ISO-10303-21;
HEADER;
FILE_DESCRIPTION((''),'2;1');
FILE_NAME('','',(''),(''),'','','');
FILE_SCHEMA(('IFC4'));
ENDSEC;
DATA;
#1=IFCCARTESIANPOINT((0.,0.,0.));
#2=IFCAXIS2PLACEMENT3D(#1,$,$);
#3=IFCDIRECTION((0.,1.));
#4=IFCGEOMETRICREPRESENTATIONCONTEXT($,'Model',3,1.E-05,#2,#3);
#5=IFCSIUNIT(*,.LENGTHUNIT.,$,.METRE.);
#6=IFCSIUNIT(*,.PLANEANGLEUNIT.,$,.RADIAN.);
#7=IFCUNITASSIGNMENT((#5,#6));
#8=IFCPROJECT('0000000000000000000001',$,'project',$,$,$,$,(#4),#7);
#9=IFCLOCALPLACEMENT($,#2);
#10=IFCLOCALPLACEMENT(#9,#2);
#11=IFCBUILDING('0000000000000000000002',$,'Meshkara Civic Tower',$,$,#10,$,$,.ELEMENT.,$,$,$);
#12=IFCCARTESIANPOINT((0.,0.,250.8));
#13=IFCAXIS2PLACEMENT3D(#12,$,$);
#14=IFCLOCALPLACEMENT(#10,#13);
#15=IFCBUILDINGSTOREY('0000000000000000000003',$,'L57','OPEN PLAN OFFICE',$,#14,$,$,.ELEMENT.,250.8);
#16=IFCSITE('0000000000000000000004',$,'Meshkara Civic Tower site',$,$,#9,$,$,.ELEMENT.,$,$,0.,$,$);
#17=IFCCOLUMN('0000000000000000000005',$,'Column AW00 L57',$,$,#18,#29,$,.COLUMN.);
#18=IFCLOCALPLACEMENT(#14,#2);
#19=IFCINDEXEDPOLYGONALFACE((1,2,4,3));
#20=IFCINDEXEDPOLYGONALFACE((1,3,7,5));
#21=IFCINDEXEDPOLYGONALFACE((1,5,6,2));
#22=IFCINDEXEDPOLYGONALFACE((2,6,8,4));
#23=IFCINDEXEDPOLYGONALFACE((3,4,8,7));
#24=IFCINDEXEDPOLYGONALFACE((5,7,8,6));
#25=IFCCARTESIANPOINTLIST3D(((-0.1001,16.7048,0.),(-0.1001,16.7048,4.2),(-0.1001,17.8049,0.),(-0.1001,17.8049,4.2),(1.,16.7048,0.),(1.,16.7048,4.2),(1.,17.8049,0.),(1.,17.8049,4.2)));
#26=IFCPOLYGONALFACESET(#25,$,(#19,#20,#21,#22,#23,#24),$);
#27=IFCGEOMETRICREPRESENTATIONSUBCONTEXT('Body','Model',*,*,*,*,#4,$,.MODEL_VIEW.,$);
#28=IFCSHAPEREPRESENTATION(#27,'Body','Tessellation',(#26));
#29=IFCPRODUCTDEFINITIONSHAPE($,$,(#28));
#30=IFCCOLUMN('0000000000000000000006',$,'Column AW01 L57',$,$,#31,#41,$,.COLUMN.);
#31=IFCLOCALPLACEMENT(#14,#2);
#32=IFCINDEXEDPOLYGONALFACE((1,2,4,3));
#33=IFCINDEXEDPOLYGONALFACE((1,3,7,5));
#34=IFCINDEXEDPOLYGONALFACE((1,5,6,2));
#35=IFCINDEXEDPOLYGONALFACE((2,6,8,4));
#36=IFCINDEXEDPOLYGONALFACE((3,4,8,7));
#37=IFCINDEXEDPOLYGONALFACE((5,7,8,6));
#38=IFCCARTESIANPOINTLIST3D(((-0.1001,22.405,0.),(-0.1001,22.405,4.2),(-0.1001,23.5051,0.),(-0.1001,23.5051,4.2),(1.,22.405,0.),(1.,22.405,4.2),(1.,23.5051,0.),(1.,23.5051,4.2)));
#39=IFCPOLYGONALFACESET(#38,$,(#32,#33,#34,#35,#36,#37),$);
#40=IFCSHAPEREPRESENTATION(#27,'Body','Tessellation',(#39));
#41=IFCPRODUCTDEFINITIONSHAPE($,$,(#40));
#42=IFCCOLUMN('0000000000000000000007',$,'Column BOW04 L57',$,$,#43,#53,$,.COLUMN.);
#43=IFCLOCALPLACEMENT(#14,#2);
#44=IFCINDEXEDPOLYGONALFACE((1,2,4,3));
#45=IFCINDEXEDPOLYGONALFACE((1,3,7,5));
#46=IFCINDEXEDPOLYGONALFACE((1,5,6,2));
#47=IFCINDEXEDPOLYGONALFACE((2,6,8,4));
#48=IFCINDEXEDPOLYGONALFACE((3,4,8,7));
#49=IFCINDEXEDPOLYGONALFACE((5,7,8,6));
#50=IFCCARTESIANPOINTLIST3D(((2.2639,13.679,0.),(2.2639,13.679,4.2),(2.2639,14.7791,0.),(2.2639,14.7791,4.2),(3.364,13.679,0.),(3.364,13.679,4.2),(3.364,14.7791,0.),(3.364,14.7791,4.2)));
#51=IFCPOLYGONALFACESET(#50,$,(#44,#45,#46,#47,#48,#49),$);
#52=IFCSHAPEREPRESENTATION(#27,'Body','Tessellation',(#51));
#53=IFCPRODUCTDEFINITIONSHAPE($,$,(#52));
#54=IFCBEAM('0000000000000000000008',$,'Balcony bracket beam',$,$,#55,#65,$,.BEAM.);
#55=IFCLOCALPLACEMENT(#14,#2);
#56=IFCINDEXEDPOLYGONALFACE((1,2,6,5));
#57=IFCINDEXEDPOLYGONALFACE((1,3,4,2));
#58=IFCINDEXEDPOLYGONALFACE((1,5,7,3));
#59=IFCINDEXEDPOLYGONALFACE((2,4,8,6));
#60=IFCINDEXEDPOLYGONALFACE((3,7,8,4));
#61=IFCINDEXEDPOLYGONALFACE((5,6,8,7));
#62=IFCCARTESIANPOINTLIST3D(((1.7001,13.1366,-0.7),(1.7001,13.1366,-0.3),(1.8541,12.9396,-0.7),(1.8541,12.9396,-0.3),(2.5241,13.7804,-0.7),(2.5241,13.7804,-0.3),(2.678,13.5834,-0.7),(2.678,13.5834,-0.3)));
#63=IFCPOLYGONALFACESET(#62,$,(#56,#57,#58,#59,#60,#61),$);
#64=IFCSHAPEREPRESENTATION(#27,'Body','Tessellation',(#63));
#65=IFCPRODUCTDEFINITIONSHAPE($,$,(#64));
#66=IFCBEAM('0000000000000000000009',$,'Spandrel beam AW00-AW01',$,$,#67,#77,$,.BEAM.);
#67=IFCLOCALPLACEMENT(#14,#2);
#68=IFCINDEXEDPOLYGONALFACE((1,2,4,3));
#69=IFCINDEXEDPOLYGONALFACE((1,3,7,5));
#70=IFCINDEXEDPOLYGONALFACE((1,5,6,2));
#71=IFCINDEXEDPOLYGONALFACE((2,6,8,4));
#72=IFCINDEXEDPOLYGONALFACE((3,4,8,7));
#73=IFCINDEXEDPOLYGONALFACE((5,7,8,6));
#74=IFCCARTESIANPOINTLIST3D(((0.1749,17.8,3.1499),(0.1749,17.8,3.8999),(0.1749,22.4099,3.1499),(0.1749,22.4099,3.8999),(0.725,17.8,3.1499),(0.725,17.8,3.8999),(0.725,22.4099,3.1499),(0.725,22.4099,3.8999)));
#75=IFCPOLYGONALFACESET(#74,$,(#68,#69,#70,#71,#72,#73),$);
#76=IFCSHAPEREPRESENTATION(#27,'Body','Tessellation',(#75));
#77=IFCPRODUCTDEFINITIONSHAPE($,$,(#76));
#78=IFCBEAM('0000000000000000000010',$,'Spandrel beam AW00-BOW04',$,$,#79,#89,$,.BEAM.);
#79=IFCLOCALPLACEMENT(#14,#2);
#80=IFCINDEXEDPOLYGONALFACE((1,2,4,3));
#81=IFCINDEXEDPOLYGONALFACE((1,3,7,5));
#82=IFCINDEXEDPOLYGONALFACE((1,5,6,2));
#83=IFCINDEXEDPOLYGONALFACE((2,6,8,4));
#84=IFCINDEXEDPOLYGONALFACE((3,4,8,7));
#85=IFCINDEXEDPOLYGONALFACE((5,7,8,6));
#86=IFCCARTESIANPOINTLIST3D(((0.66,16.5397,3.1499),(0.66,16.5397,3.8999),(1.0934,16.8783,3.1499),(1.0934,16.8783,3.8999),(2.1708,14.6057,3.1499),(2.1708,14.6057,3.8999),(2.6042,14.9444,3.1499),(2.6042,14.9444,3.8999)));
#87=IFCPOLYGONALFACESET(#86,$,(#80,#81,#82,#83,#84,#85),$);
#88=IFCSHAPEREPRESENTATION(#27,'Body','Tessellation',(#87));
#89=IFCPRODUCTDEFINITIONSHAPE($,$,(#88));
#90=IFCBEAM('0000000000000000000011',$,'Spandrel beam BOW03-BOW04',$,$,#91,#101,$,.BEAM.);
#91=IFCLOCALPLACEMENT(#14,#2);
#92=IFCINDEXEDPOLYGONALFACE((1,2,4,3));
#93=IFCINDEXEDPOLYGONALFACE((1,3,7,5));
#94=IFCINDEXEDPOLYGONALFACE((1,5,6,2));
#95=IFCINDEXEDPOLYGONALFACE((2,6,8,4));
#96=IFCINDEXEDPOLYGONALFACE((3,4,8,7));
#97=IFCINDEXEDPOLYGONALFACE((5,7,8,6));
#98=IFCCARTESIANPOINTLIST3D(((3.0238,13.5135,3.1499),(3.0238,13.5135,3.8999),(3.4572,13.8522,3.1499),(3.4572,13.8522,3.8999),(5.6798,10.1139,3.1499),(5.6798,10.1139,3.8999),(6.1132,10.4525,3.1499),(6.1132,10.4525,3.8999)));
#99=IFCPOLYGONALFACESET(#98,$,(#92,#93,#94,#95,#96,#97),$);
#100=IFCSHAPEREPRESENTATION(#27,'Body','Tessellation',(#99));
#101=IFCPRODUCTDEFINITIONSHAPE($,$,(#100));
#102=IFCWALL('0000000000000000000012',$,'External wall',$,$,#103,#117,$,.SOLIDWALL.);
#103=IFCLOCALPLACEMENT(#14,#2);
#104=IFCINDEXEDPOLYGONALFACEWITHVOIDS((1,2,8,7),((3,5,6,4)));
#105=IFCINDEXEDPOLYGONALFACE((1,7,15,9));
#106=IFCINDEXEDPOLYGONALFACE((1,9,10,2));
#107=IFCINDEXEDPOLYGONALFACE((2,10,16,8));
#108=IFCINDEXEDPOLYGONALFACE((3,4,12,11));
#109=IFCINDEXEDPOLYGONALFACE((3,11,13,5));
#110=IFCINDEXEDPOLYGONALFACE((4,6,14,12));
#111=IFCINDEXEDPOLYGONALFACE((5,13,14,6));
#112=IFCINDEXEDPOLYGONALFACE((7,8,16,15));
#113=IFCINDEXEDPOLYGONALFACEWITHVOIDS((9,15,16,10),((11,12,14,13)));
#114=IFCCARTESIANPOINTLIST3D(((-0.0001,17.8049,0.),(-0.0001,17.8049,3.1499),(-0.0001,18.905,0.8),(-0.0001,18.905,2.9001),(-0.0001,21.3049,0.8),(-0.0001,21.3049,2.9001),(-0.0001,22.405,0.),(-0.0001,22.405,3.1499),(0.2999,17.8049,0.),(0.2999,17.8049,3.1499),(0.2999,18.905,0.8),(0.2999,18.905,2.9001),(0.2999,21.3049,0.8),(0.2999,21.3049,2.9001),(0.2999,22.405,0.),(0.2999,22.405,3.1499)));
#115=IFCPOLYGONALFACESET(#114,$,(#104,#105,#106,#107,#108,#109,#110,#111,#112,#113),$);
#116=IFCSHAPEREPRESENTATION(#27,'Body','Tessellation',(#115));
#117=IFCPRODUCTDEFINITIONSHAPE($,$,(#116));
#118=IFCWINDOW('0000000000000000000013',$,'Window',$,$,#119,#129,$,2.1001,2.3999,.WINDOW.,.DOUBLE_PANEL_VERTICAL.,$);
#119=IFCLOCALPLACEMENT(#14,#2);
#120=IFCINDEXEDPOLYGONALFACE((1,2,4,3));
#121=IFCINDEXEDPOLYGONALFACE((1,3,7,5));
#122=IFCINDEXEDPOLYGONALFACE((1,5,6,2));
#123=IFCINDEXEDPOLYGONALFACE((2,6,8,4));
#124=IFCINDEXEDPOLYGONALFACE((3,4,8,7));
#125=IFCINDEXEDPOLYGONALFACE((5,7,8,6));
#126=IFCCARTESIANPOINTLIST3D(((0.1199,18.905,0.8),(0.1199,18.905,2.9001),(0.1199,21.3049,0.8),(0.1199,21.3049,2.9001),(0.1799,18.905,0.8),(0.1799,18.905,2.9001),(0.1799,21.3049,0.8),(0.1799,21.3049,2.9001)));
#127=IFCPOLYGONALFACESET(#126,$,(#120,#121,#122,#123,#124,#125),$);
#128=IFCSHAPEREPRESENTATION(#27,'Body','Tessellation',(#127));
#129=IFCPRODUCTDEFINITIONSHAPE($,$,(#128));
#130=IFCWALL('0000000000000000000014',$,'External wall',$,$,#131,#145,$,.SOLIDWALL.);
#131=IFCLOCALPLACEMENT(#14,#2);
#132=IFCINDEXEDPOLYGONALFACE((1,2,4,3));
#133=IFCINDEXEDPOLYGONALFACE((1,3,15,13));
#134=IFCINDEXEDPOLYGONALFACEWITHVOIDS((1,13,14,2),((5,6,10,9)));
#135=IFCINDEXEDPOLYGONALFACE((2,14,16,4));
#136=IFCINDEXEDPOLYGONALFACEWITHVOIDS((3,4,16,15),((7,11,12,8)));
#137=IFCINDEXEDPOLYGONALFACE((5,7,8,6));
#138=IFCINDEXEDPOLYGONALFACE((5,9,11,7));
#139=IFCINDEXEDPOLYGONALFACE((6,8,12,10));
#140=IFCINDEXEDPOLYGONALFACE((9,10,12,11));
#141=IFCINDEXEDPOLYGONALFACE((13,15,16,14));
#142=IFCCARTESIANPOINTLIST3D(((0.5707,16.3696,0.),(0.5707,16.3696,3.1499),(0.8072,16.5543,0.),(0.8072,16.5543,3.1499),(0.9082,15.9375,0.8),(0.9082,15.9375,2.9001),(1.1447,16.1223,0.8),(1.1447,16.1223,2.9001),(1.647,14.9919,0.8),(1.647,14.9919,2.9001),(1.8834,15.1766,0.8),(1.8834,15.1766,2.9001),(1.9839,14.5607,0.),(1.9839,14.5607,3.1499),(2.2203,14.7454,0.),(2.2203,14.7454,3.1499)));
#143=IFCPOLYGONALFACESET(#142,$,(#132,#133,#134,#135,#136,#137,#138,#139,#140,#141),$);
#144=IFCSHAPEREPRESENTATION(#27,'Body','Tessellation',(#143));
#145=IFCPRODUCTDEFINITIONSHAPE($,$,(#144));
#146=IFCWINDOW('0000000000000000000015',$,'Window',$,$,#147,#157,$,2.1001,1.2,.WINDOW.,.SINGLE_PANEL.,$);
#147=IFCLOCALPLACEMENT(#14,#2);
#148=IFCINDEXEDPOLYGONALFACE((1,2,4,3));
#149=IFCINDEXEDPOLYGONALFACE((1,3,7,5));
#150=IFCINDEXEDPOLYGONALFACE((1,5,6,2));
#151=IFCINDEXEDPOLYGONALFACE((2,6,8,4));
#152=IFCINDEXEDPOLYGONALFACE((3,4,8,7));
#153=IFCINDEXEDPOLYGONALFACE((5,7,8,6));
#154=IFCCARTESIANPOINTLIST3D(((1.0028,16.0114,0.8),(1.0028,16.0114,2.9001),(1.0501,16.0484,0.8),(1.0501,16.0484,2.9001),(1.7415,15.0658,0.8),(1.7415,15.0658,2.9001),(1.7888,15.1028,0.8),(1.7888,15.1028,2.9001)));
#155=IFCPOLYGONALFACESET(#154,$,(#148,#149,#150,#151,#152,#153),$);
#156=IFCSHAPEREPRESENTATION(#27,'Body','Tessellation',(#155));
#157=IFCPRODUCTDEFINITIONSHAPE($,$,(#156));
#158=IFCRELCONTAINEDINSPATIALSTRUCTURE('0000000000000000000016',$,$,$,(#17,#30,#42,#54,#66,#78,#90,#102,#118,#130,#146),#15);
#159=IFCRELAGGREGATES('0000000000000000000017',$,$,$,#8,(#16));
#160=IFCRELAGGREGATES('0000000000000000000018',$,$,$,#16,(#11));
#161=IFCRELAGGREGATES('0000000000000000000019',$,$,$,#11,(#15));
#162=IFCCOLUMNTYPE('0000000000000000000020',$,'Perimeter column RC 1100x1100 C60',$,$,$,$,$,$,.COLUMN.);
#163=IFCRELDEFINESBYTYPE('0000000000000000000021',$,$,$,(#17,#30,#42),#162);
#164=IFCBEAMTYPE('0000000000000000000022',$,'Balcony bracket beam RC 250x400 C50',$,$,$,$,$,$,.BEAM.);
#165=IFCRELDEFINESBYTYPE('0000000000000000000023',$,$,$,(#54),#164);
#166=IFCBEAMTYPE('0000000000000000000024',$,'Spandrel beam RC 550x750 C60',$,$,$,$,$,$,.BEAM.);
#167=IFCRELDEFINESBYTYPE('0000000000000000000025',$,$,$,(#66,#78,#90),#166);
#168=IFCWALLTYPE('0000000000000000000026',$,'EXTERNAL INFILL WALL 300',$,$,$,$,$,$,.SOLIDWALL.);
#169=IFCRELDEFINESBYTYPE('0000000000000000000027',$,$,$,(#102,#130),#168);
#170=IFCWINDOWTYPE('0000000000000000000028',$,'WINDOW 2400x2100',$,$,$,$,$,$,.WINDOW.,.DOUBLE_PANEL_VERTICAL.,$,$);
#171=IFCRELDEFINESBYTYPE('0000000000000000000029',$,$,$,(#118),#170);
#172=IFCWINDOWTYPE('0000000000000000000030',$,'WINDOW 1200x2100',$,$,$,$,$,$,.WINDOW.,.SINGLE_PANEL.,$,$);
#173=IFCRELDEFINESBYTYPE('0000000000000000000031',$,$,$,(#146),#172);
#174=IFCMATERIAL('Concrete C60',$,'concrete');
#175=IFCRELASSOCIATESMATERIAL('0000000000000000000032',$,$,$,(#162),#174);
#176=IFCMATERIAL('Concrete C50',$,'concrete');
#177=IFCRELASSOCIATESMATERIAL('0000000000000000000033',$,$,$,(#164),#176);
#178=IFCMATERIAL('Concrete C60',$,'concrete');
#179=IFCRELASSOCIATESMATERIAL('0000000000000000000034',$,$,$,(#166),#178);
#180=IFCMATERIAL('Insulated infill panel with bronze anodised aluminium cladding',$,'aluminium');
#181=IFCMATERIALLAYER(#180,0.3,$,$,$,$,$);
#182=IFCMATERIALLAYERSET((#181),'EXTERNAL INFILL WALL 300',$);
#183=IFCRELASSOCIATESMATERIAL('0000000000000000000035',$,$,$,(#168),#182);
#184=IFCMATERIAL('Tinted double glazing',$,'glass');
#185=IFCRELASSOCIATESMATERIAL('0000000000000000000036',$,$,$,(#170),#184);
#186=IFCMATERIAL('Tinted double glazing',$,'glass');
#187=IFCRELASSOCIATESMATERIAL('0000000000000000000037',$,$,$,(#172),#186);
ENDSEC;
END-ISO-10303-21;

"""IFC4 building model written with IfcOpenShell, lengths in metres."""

from ifc_helpers import new_model, si_unit, direction, frame, frame_2d, origin, origin_2d, place, context, subcontext, project, spatial, rectangle, extrude, material, layer, layer_set, material_profile, profile_set, type_object, element, fill, save


model = new_model("IFC4")

# Units and contexts
model_context = context("Model", 3, precision=1e-05, world=origin(), true_north=direction((0.0, 1.0)))
body_context = subcontext(model_context, "Body", "Model", "MODEL_VIEW")
ifc_project = project(units=[si_unit("LENGTHUNIT", "METRE"), si_unit("PLANEANGLEUNIT", "RADIAN")], contexts=[model_context])

# Site, building, storey
site_placement = place(None, origin())
site = spatial("IfcSite", under=ifc_project, at=site_placement, Name="Meshkara Civic Tower site", CompositionType="ELEMENT", RefElevation=0.0)
building_placement = place(site_placement, origin())
building = spatial("IfcBuilding", under=site, at=building_placement, Name="Meshkara Civic Tower", CompositionType="ELEMENT")
storey_placement = place(building_placement, frame((0.0, 0.0, 250.8)))
storey = spatial("IfcBuildingStorey", under=building, at=storey_placement, Name="L57", Description="OPEN PLAN OFFICE", CompositionType="ELEMENT", Elevation=250.8)

# Columns
ifc_material_1 = material(Name="Concrete C60", Category="concrete")
ifc_material_profile_1 = material_profile(ifc_material_1, rectangle(XDim=1.1001, YDim=1.1001, at=origin_2d()))
ifc_profile_set_1 = profile_set([ifc_material_profile_1], Name="Concrete C60")
column_type = type_object("IfcColumnType", Name="Perimeter column RC 1100x1100 C60", PredefinedType="COLUMN", material=ifc_profile_set_1)
for number, where, z_axis, x_axis, name in (
    (1, (0.45, 17.2549, 0.0), (0.0, 0.0, 1.0), (1.0, 0.0, 0.0), "Column AW00 L57"),
    (2, (0.45, 22.9551, 0.0), (0.0, 0.0, 1.0), (1.0, 0.0, 0.0), "Column AW01 L57"),
    (3, (2.814, 14.229, 0.0), (0.0, 0.0, 1.0), (1.0, 0.0, 0.0), "Column BOW04 L57"),
):
    element("IfcColumn", number, at=place(storey_placement, frame(where, z_axis=z_axis, x_axis=x_axis)), inside=storey, type_object=column_type, Name=name, PredefinedType="COLUMN", context=body_context, shape_type="SweptSolid", body=[
        extrude(rectangle(XDim=1.1001, YDim=1.1001, at=origin_2d()), origin(), (0.0, 0.0, 1.0), 4.2),
    ])

# Beams
ifc_material_2 = material(Name="Concrete C50", Category="concrete")
ifc_material_profile_2 = material_profile(ifc_material_2, rectangle(XDim=0.25, YDim=0.3999, at=origin_2d()))
ifc_profile_set_2 = profile_set([ifc_material_profile_2], Name="Concrete C50")
beam_type_1 = type_object("IfcBeamType", Name="Balcony bracket beam RC 250x400 C50", PredefinedType="BEAM", material=ifc_profile_set_2)
beam_1_placement = place(storey_placement, frame((2.6011, 13.6819, -0.5), z_axis=(-0.787993, -0.615685, 0.0), x_axis=(0.615685, -0.787993, 0.0)))
element("IfcBeam", 4, at=beam_1_placement, inside=storey, type_object=beam_type_1, Name="Balcony bracket beam", PredefinedType="BEAM", context=body_context, shape_type="SweptSolid", body=[
    extrude(rectangle(XDim=0.25, YDim=0.3999, at=origin_2d()), origin(), (0.0, 0.0, 1.0), 1.0457),
])
ifc_material_3 = material(Name="Concrete C60", Category="concrete")
ifc_material_profile_3 = material_profile(ifc_material_3, rectangle(XDim=0.55, YDim=0.75, at=origin_2d()))
ifc_profile_set_3 = profile_set([ifc_material_profile_3], Name="Concrete C60")
beam_type_2 = type_object("IfcBeamType", Name="Spandrel beam RC 550x750 C60", PredefinedType="BEAM", material=ifc_profile_set_3)
beam_2_placement = place(storey_placement, frame((0.45, 22.4099, 3.5249), z_axis=(0.0, -1.0, 0.0), x_axis=(1.0, 0.0, 0.0)))
element("IfcBeam", 5, at=beam_2_placement, inside=storey, type_object=beam_type_2, Name="Spandrel beam AW00-AW01", PredefinedType="BEAM", context=body_context, shape_type="SweptSolid", body=[
    extrude(rectangle(XDim=0.55, YDim=0.75, at=origin_2d()), origin(), (0.0, 0.0, 1.0), 4.6099),
])
beam_3_placement = place(storey_placement, frame((0.8767, 16.709, 3.5249), z_axis=(0.615627, -0.788038, 0.0), x_axis=(0.788038, 0.615627, 0.0)))
element("IfcBeam", 6, at=beam_3_placement, inside=storey, type_object=beam_type_2, Name="Spandrel beam AW00-BOW04", PredefinedType="BEAM", context=body_context, shape_type="SweptSolid", body=[
    extrude(rectangle(XDim=0.55, YDim=0.75, at=origin_2d()), origin(), (0.0, 0.0, 1.0), 2.4541),
])
beam_4_placement = place(storey_placement, frame((3.2405, 13.6829, 3.5249), z_axis=(0.615647, -0.788022, 0.0), x_axis=(0.788022, 0.615647, 0.0)))
element("IfcBeam", 7, at=beam_4_placement, inside=storey, type_object=beam_type_2, Name="Spandrel beam BOW03-BOW04", PredefinedType="BEAM", context=body_context, shape_type="SweptSolid", body=[
    extrude(rectangle(XDim=0.55, YDim=0.75, at=origin_2d()), origin(), (0.0, 0.0, 1.0), 4.3142),
])

# Walls, openings, windows
ifc_material_4 = material(Name="Insulated infill panel with bronze anodised aluminium cladding", Category="aluminium")
ifc_layer = layer(ifc_material_4, 0.3)
ifc_layer_set = layer_set([ifc_layer], Name="EXTERNAL INFILL WALL 300")
wall_type = type_object("IfcWallType", Name="EXTERNAL INFILL WALL 300", PredefinedType="SOLIDWALL", material=ifc_layer_set)
wall_1_placement = place(storey_placement, frame((0.1499, 22.405, 0.0), z_axis=(0.0, 0.0, 1.0), x_axis=(0.0, -1.0, 0.0)))
wall_1 = element("IfcWall", 8, at=wall_1_placement, inside=storey, type_object=wall_type, Name="External wall", PredefinedType="SOLIDWALL", context=body_context, shape_type="SweptSolid", body=[
    extrude(rectangle(XDim=4.6001, YDim=0.3, at=frame_2d((2.3, 0.0))), origin(), (0.0, 0.0, 1.0), 3.1499),
])
opening_1_placement = place(wall_1_placement, frame((1.1001, 0.0, 0.8)))
opening_1 = element("IfcOpeningElement", 9, at=opening_1_placement, cuts=wall_1, PredefinedType="OPENING", context=body_context, shape_type="SweptSolid", body=[
    extrude(rectangle(XDim=2.3999, YDim=2.1001, at=frame_2d((1.2, 1.05))), frame((0.0, 0.1599, 0.0), z_axis=(0.0, -1.0, 0.0), x_axis=(1.0, 0.0, 0.0)), (0.0, 0.0, 1.0), 0.3201),
])
ifc_material_5 = material(Name="Tinted double glazing", Category="glass")
window_type_1 = type_object("IfcWindowType", Name="WINDOW 2400x2100", PartitioningType="DOUBLE_PANEL_VERTICAL", PredefinedType="WINDOW", material=ifc_material_5)
window_1_placement = place(opening_1_placement, origin())
window_1 = element("IfcWindow", 10, at=window_1_placement, inside=storey, type_object=window_type_1, Name="Window", OverallHeight=2.1001, OverallWidth=2.3999, PartitioningType="DOUBLE_PANEL_VERTICAL", PredefinedType="WINDOW", context=body_context, shape_type="SweptSolid", body=[
    extrude(rectangle(XDim=2.3999, YDim=2.1001, at=frame_2d((1.2, 1.05))), frame((0.0, 0.03, 0.0), z_axis=(0.0, -1.0, 0.0), x_axis=(1.0, 0.0, 0.0)), (0.0, 0.0, 1.0), 0.0601),
])
fill(opening_1, window_1)
wall_2_placement = place(storey_placement, frame((0.689, 16.4619, 0.0), z_axis=(0.0, 0.0, 1.0), x_axis=(0.615625, -0.788039, 0.0)))
wall_2 = element("IfcWall", 11, at=wall_2_placement, inside=storey, type_object=wall_type, Name="External wall", PredefinedType="SOLIDWALL", context=body_context, shape_type="SweptSolid", body=[
    extrude(rectangle(XDim=2.2954, YDim=0.3, at=frame_2d((1.1477, 0.0))), origin(), (0.0, 0.0, 1.0), 3.1499),
])
opening_2_placement = place(wall_2_placement, frame((0.5481, 0.0, 0.8)))
opening_2 = element("IfcOpeningElement", 12, at=opening_2_placement, cuts=wall_2, PredefinedType="OPENING", context=body_context, shape_type="SweptSolid", body=[
    extrude(rectangle(XDim=1.2, YDim=2.1001, at=frame_2d((0.6001, 1.05))), frame((0.0, 0.1599, 0.0), z_axis=(0.0, -1.0, 0.0), x_axis=(1.0, 0.0, 0.0)), (0.0, 0.0, 1.0), 0.3201),
])
ifc_material_6 = material(Name="Tinted double glazing", Category="glass")
window_type_2 = type_object("IfcWindowType", Name="WINDOW 1200x2100", PartitioningType="SINGLE_PANEL", PredefinedType="WINDOW", material=ifc_material_6)
window_2_placement = place(opening_2_placement, origin())
window_2 = element("IfcWindow", 13, at=window_2_placement, inside=storey, type_object=window_type_2, Name="Window", OverallHeight=2.1001, OverallWidth=1.2, PartitioningType="SINGLE_PANEL", PredefinedType="WINDOW", context=body_context, shape_type="SweptSolid", body=[
    extrude(rectangle(XDim=1.2, YDim=2.1001, at=frame_2d((0.6001, 1.05))), frame((0.0, 0.03, 0.0), z_axis=(0.0, -1.0, 0.0), x_axis=(1.0, 0.0, 0.0)), (0.0, 0.0, 1.0), 0.0601),
])
fill(opening_2, window_2)

save(model, "model.ifc")
